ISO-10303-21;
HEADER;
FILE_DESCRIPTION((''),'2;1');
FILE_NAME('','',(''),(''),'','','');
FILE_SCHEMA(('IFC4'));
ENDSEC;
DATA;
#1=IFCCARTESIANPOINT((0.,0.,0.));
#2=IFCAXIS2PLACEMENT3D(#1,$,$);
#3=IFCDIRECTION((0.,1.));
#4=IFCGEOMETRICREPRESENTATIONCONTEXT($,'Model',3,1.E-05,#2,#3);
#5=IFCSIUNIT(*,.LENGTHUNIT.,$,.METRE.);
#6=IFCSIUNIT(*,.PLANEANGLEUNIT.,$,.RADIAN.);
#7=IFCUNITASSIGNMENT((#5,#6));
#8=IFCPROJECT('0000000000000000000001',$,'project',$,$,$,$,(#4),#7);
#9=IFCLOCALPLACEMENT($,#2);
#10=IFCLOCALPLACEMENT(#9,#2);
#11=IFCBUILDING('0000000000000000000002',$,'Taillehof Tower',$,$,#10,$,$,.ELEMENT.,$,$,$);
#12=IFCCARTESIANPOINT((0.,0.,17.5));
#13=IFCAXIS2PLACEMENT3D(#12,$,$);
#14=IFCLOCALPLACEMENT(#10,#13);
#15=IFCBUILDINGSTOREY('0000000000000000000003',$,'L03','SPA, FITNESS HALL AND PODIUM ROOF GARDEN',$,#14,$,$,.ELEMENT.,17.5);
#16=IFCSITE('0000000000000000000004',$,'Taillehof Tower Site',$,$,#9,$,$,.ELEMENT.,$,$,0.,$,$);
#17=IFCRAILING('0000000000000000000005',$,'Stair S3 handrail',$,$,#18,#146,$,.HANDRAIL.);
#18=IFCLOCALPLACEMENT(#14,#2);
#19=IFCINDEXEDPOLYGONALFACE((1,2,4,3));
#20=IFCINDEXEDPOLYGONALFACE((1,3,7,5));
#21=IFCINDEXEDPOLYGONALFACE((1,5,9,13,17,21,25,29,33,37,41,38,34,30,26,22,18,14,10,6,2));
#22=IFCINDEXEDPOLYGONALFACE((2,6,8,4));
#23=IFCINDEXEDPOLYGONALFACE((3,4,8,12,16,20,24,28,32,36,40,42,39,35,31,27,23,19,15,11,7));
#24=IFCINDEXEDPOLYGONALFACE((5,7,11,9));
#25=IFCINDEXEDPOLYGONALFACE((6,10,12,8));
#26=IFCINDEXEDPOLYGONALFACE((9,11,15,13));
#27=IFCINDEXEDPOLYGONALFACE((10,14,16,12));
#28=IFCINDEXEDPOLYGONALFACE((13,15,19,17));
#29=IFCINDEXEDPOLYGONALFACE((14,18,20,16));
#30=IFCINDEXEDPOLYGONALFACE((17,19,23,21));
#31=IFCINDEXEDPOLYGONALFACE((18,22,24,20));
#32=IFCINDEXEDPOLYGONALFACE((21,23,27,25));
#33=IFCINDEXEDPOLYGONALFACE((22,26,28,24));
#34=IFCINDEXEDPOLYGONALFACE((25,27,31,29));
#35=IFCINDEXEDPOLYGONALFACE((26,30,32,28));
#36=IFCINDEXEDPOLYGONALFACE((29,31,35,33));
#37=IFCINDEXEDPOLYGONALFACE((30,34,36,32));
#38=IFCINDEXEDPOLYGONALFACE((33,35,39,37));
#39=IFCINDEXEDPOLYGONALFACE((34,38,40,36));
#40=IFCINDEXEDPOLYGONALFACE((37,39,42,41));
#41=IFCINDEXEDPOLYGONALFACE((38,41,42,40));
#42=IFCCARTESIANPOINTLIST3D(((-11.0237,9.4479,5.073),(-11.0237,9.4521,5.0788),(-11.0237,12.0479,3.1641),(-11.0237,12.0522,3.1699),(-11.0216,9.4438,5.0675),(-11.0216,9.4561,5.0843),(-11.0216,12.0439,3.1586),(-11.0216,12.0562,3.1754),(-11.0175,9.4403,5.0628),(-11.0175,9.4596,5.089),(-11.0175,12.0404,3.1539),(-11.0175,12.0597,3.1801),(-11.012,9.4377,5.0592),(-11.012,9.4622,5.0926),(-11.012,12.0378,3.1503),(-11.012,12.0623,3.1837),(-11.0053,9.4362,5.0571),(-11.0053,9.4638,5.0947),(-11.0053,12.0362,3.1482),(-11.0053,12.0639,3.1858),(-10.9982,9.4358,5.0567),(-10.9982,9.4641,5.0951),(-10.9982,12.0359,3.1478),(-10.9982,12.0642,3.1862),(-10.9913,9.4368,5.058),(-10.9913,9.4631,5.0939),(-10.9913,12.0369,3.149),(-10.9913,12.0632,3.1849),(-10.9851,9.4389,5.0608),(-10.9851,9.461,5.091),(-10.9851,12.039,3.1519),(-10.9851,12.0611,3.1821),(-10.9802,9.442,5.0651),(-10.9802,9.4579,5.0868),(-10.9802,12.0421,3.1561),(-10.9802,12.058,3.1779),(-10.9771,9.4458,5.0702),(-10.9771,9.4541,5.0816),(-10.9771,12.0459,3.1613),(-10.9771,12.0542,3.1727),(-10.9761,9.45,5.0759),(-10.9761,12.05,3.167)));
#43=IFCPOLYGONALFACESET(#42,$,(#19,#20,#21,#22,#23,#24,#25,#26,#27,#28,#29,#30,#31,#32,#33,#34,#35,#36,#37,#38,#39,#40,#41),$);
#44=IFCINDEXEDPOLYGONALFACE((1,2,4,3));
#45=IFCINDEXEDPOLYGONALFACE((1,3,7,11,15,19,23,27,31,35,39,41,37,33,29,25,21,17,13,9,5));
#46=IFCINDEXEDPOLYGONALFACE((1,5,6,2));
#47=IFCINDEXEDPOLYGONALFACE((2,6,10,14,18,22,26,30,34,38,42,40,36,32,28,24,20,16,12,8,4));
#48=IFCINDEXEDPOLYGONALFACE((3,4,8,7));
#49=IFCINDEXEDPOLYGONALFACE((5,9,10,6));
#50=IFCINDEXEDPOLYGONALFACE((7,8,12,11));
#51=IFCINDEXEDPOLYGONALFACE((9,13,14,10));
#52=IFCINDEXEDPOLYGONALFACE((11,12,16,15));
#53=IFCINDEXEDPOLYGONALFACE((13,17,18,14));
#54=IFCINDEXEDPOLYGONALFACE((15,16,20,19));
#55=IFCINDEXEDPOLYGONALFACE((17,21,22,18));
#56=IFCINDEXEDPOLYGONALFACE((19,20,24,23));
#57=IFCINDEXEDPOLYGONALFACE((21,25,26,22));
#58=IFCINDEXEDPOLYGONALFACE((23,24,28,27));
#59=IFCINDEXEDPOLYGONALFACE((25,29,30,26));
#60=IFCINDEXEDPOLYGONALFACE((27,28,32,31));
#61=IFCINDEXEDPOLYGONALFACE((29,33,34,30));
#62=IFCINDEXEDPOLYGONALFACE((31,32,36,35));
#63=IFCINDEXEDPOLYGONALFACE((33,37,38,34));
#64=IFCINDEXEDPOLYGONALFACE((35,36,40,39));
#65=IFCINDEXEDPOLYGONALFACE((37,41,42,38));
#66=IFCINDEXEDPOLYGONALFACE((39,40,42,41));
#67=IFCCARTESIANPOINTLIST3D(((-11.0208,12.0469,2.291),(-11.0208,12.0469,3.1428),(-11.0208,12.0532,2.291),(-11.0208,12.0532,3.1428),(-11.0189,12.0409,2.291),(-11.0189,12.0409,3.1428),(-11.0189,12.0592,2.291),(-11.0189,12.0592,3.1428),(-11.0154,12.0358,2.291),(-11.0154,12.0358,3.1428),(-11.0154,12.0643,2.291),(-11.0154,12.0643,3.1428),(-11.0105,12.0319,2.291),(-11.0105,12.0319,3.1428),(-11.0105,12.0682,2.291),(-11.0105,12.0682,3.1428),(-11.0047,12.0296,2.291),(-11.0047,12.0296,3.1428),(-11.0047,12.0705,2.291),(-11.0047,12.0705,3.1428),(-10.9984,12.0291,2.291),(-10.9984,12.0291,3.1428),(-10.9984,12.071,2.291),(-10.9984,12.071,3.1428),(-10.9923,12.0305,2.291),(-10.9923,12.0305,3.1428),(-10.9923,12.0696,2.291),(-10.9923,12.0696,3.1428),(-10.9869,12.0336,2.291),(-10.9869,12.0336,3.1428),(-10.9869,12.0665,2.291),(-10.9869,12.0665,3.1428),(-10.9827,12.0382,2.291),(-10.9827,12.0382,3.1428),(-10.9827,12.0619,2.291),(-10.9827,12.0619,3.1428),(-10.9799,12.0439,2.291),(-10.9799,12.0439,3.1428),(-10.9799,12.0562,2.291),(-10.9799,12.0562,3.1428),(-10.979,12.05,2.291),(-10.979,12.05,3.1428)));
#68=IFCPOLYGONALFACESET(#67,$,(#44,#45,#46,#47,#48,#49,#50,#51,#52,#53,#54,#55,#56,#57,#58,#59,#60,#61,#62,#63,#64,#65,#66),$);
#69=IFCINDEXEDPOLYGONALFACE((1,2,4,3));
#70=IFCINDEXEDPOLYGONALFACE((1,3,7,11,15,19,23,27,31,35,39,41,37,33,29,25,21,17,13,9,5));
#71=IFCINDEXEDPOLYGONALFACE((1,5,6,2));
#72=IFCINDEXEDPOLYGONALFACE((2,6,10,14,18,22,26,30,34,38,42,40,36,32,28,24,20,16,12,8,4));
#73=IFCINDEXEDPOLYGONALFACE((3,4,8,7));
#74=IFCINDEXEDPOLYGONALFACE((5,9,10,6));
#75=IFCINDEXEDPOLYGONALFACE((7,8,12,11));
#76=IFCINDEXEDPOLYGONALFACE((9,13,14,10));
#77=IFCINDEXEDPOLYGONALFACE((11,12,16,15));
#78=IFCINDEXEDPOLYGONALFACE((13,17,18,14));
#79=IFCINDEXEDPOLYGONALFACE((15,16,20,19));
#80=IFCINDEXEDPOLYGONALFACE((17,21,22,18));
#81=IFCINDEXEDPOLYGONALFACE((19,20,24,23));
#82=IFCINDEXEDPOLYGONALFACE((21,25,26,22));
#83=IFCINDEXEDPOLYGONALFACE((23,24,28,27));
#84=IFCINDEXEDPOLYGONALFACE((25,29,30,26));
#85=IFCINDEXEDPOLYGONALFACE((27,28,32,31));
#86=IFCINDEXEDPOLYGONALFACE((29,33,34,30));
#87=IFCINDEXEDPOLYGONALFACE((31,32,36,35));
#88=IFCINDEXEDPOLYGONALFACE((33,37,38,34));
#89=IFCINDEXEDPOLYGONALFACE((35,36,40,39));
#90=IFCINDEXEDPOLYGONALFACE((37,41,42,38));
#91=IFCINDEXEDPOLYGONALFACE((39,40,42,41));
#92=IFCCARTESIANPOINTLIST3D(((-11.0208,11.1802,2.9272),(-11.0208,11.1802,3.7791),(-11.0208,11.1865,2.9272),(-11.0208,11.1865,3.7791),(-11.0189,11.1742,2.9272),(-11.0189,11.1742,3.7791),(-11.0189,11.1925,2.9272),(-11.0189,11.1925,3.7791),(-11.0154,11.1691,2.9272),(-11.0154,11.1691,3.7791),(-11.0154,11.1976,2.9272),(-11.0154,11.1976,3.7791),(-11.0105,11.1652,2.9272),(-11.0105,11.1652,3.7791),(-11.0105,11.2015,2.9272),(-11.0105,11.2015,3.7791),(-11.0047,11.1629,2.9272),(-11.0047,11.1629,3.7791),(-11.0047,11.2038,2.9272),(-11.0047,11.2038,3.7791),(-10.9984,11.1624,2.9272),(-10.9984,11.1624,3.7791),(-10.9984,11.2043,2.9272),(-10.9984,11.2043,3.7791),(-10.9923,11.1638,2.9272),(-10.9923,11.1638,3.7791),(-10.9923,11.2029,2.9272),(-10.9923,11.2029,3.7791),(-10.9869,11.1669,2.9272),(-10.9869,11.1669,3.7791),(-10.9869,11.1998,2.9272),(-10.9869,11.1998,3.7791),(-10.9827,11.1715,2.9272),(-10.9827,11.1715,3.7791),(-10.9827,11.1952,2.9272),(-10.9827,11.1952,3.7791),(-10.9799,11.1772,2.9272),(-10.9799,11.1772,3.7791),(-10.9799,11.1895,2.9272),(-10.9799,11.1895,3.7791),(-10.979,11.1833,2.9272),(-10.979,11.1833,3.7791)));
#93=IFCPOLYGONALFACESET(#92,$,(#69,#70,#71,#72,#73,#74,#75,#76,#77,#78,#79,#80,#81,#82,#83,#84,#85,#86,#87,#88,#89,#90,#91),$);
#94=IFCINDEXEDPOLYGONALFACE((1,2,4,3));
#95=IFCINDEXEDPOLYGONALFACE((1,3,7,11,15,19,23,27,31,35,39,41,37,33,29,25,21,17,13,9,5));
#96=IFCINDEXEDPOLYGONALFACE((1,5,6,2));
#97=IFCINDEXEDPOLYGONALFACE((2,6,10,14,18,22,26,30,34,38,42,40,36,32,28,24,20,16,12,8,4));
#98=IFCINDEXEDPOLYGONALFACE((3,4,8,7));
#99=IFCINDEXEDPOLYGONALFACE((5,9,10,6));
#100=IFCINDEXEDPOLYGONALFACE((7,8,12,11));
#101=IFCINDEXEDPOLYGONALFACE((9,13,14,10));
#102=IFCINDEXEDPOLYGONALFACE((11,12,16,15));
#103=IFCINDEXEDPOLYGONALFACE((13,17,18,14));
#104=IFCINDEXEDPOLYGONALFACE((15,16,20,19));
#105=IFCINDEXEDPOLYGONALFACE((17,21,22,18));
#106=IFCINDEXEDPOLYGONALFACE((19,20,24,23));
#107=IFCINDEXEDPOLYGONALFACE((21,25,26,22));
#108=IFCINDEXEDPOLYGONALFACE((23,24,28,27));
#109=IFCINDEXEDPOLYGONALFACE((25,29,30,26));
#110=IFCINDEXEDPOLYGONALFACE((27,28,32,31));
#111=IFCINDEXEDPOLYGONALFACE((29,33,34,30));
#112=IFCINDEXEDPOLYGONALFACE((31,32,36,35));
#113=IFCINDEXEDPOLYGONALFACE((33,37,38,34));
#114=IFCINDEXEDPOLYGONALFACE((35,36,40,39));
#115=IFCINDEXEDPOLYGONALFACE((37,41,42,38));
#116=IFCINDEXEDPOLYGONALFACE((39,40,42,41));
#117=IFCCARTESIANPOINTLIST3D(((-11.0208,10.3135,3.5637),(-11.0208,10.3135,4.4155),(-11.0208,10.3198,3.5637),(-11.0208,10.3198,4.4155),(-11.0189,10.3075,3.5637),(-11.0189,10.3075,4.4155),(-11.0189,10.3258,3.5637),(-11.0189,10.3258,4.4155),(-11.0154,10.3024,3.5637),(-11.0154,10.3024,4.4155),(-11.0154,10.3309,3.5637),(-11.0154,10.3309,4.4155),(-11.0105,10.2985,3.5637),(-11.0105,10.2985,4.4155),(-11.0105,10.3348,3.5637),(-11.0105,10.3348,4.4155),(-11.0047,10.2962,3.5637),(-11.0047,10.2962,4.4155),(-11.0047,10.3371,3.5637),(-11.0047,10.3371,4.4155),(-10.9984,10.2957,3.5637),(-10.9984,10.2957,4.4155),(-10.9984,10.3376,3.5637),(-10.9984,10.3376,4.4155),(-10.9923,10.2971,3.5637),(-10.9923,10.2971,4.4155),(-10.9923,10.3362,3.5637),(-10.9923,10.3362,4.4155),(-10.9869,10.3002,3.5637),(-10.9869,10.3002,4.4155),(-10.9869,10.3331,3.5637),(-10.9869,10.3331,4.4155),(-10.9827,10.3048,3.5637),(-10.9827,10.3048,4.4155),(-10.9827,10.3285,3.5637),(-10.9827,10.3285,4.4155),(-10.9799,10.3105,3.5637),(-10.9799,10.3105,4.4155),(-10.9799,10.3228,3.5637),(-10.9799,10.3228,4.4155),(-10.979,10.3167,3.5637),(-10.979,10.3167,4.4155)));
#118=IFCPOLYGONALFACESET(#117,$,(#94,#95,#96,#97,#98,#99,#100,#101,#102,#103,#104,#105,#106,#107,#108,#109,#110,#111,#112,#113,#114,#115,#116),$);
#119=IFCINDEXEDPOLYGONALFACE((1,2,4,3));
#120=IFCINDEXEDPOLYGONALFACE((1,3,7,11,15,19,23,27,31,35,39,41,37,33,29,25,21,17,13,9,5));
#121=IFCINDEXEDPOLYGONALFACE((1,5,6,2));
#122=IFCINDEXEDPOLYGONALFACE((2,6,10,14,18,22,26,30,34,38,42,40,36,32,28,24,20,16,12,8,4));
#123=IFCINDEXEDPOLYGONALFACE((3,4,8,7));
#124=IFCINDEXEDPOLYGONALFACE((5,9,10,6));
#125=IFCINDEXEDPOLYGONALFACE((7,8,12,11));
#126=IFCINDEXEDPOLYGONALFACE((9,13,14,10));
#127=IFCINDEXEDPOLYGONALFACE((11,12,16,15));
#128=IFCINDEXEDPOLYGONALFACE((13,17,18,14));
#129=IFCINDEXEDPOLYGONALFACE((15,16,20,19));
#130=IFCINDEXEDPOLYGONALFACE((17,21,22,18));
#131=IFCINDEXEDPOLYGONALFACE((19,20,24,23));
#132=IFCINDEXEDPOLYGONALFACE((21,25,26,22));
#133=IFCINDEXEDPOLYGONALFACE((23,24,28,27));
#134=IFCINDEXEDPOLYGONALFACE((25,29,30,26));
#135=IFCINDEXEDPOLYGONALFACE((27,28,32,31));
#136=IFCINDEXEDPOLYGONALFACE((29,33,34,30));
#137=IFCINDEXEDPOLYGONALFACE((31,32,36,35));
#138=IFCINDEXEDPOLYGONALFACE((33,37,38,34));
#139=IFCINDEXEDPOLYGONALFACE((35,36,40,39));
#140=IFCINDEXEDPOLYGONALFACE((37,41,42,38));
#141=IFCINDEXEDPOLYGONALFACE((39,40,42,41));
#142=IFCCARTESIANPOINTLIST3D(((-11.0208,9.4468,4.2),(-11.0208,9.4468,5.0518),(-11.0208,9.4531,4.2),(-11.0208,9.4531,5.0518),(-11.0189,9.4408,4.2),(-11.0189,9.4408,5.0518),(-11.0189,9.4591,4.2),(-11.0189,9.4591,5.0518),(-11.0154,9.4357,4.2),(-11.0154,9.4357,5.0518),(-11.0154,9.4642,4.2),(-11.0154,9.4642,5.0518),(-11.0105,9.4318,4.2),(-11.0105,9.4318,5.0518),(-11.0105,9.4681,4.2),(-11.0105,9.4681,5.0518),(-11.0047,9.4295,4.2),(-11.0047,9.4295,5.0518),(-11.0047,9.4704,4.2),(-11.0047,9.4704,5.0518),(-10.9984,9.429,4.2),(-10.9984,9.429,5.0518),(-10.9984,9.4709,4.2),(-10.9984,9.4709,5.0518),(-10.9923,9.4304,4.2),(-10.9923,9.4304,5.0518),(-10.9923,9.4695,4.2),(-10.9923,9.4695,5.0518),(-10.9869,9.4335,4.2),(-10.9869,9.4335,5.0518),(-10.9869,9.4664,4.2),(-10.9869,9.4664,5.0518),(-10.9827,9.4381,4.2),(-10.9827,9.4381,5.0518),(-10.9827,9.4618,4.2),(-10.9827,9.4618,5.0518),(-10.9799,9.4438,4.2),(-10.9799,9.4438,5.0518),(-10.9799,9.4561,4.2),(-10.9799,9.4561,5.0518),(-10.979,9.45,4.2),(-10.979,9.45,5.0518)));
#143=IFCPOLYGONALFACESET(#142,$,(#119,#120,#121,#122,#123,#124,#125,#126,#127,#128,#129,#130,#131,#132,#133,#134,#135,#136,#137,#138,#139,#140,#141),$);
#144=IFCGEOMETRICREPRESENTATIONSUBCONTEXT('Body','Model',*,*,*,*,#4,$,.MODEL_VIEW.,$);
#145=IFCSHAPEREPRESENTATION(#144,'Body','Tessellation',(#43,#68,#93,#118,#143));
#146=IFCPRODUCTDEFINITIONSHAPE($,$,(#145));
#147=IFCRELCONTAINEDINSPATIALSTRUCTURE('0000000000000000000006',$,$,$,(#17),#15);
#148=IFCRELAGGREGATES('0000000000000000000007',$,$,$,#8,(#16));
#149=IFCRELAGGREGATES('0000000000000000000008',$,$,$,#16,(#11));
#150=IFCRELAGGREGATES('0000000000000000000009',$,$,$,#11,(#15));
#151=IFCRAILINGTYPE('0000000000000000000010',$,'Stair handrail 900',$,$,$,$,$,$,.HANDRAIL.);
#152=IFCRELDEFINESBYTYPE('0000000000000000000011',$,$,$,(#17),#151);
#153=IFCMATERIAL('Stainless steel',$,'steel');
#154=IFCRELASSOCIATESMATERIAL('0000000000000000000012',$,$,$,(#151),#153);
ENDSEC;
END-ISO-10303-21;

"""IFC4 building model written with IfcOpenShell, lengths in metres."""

from ifc_helpers import new_model, si_unit, direction, frame, origin, origin_2d, place, context, subcontext, project, spatial, circle, extrude, material, type_object, element, save


model = new_model("IFC4")

# Units and contexts
model_context = context("Model", 3, precision=1e-05, world=origin(), true_north=direction((0.0, 1.0)))
body_context = subcontext(model_context, "Body", "Model", "MODEL_VIEW")
ifc_project = project(units=[si_unit("LENGTHUNIT", "METRE"), si_unit("PLANEANGLEUNIT", "RADIAN")], contexts=[model_context])

# Site, building, storey
site_placement = place(None, origin())
site = spatial("IfcSite", under=ifc_project, at=site_placement, Name="Taillehof Tower Site", CompositionType="ELEMENT", RefElevation=0.0)
building_placement = place(site_placement, origin())
building = spatial("IfcBuilding", under=site, at=building_placement, Name="Taillehof Tower", CompositionType="ELEMENT")
storey_placement = place(building_placement, frame((0.0, 0.0, 17.5)))
storey = spatial("IfcBuildingStorey", under=building, at=storey_placement, Name="L03", Description="SPA, FITNESS HALL AND PODIUM ROOF GARDEN", CompositionType="ELEMENT", Elevation=17.5)

# Railing
ifc_material_1 = material(Name="Stainless steel", Category="steel")
railing_type_1 = type_object("IfcRailingType", Name="Stair handrail 900", PredefinedType="HANDRAIL", material=ifc_material_1)
railing_1_placement = place(storey_placement, frame((-11.0, 12.05, 2.291)))
element("IfcRailing", 1, at=railing_1_placement, inside=storey, type_object=railing_type_1, Name="Stair S3 handrail", PredefinedType="HANDRAIL", context=body_context, shape_type="SweptSolid", body=[
    extrude(circle(Radius=0.0239, at=origin_2d()), frame((0.0, 0.0, 0.876), z_axis=(0.0, -0.80608, 0.591807), x_axis=(1.0, 0.0, 0.0)), (0.0, 0.0, 1.0), 3.2256),
    extrude(circle(Radius=0.021, at=origin_2d()), origin(), (0.0, 0.0, 1.0), 0.8518),
    extrude(circle(Radius=0.021, at=origin_2d()), frame((0.0, -0.8667, 0.6362)), (0.0, 0.0, 1.0), 0.8518),
    extrude(circle(Radius=0.021, at=origin_2d()), frame((0.0, -1.7334, 1.2727)), (0.0, 0.0, 1.0), 0.8518),
    extrude(circle(Radius=0.021, at=origin_2d()), frame((0.0, -2.6001, 1.9089)), (0.0, 0.0, 1.0), 0.8518),
])

save(model, "model.ifc")
